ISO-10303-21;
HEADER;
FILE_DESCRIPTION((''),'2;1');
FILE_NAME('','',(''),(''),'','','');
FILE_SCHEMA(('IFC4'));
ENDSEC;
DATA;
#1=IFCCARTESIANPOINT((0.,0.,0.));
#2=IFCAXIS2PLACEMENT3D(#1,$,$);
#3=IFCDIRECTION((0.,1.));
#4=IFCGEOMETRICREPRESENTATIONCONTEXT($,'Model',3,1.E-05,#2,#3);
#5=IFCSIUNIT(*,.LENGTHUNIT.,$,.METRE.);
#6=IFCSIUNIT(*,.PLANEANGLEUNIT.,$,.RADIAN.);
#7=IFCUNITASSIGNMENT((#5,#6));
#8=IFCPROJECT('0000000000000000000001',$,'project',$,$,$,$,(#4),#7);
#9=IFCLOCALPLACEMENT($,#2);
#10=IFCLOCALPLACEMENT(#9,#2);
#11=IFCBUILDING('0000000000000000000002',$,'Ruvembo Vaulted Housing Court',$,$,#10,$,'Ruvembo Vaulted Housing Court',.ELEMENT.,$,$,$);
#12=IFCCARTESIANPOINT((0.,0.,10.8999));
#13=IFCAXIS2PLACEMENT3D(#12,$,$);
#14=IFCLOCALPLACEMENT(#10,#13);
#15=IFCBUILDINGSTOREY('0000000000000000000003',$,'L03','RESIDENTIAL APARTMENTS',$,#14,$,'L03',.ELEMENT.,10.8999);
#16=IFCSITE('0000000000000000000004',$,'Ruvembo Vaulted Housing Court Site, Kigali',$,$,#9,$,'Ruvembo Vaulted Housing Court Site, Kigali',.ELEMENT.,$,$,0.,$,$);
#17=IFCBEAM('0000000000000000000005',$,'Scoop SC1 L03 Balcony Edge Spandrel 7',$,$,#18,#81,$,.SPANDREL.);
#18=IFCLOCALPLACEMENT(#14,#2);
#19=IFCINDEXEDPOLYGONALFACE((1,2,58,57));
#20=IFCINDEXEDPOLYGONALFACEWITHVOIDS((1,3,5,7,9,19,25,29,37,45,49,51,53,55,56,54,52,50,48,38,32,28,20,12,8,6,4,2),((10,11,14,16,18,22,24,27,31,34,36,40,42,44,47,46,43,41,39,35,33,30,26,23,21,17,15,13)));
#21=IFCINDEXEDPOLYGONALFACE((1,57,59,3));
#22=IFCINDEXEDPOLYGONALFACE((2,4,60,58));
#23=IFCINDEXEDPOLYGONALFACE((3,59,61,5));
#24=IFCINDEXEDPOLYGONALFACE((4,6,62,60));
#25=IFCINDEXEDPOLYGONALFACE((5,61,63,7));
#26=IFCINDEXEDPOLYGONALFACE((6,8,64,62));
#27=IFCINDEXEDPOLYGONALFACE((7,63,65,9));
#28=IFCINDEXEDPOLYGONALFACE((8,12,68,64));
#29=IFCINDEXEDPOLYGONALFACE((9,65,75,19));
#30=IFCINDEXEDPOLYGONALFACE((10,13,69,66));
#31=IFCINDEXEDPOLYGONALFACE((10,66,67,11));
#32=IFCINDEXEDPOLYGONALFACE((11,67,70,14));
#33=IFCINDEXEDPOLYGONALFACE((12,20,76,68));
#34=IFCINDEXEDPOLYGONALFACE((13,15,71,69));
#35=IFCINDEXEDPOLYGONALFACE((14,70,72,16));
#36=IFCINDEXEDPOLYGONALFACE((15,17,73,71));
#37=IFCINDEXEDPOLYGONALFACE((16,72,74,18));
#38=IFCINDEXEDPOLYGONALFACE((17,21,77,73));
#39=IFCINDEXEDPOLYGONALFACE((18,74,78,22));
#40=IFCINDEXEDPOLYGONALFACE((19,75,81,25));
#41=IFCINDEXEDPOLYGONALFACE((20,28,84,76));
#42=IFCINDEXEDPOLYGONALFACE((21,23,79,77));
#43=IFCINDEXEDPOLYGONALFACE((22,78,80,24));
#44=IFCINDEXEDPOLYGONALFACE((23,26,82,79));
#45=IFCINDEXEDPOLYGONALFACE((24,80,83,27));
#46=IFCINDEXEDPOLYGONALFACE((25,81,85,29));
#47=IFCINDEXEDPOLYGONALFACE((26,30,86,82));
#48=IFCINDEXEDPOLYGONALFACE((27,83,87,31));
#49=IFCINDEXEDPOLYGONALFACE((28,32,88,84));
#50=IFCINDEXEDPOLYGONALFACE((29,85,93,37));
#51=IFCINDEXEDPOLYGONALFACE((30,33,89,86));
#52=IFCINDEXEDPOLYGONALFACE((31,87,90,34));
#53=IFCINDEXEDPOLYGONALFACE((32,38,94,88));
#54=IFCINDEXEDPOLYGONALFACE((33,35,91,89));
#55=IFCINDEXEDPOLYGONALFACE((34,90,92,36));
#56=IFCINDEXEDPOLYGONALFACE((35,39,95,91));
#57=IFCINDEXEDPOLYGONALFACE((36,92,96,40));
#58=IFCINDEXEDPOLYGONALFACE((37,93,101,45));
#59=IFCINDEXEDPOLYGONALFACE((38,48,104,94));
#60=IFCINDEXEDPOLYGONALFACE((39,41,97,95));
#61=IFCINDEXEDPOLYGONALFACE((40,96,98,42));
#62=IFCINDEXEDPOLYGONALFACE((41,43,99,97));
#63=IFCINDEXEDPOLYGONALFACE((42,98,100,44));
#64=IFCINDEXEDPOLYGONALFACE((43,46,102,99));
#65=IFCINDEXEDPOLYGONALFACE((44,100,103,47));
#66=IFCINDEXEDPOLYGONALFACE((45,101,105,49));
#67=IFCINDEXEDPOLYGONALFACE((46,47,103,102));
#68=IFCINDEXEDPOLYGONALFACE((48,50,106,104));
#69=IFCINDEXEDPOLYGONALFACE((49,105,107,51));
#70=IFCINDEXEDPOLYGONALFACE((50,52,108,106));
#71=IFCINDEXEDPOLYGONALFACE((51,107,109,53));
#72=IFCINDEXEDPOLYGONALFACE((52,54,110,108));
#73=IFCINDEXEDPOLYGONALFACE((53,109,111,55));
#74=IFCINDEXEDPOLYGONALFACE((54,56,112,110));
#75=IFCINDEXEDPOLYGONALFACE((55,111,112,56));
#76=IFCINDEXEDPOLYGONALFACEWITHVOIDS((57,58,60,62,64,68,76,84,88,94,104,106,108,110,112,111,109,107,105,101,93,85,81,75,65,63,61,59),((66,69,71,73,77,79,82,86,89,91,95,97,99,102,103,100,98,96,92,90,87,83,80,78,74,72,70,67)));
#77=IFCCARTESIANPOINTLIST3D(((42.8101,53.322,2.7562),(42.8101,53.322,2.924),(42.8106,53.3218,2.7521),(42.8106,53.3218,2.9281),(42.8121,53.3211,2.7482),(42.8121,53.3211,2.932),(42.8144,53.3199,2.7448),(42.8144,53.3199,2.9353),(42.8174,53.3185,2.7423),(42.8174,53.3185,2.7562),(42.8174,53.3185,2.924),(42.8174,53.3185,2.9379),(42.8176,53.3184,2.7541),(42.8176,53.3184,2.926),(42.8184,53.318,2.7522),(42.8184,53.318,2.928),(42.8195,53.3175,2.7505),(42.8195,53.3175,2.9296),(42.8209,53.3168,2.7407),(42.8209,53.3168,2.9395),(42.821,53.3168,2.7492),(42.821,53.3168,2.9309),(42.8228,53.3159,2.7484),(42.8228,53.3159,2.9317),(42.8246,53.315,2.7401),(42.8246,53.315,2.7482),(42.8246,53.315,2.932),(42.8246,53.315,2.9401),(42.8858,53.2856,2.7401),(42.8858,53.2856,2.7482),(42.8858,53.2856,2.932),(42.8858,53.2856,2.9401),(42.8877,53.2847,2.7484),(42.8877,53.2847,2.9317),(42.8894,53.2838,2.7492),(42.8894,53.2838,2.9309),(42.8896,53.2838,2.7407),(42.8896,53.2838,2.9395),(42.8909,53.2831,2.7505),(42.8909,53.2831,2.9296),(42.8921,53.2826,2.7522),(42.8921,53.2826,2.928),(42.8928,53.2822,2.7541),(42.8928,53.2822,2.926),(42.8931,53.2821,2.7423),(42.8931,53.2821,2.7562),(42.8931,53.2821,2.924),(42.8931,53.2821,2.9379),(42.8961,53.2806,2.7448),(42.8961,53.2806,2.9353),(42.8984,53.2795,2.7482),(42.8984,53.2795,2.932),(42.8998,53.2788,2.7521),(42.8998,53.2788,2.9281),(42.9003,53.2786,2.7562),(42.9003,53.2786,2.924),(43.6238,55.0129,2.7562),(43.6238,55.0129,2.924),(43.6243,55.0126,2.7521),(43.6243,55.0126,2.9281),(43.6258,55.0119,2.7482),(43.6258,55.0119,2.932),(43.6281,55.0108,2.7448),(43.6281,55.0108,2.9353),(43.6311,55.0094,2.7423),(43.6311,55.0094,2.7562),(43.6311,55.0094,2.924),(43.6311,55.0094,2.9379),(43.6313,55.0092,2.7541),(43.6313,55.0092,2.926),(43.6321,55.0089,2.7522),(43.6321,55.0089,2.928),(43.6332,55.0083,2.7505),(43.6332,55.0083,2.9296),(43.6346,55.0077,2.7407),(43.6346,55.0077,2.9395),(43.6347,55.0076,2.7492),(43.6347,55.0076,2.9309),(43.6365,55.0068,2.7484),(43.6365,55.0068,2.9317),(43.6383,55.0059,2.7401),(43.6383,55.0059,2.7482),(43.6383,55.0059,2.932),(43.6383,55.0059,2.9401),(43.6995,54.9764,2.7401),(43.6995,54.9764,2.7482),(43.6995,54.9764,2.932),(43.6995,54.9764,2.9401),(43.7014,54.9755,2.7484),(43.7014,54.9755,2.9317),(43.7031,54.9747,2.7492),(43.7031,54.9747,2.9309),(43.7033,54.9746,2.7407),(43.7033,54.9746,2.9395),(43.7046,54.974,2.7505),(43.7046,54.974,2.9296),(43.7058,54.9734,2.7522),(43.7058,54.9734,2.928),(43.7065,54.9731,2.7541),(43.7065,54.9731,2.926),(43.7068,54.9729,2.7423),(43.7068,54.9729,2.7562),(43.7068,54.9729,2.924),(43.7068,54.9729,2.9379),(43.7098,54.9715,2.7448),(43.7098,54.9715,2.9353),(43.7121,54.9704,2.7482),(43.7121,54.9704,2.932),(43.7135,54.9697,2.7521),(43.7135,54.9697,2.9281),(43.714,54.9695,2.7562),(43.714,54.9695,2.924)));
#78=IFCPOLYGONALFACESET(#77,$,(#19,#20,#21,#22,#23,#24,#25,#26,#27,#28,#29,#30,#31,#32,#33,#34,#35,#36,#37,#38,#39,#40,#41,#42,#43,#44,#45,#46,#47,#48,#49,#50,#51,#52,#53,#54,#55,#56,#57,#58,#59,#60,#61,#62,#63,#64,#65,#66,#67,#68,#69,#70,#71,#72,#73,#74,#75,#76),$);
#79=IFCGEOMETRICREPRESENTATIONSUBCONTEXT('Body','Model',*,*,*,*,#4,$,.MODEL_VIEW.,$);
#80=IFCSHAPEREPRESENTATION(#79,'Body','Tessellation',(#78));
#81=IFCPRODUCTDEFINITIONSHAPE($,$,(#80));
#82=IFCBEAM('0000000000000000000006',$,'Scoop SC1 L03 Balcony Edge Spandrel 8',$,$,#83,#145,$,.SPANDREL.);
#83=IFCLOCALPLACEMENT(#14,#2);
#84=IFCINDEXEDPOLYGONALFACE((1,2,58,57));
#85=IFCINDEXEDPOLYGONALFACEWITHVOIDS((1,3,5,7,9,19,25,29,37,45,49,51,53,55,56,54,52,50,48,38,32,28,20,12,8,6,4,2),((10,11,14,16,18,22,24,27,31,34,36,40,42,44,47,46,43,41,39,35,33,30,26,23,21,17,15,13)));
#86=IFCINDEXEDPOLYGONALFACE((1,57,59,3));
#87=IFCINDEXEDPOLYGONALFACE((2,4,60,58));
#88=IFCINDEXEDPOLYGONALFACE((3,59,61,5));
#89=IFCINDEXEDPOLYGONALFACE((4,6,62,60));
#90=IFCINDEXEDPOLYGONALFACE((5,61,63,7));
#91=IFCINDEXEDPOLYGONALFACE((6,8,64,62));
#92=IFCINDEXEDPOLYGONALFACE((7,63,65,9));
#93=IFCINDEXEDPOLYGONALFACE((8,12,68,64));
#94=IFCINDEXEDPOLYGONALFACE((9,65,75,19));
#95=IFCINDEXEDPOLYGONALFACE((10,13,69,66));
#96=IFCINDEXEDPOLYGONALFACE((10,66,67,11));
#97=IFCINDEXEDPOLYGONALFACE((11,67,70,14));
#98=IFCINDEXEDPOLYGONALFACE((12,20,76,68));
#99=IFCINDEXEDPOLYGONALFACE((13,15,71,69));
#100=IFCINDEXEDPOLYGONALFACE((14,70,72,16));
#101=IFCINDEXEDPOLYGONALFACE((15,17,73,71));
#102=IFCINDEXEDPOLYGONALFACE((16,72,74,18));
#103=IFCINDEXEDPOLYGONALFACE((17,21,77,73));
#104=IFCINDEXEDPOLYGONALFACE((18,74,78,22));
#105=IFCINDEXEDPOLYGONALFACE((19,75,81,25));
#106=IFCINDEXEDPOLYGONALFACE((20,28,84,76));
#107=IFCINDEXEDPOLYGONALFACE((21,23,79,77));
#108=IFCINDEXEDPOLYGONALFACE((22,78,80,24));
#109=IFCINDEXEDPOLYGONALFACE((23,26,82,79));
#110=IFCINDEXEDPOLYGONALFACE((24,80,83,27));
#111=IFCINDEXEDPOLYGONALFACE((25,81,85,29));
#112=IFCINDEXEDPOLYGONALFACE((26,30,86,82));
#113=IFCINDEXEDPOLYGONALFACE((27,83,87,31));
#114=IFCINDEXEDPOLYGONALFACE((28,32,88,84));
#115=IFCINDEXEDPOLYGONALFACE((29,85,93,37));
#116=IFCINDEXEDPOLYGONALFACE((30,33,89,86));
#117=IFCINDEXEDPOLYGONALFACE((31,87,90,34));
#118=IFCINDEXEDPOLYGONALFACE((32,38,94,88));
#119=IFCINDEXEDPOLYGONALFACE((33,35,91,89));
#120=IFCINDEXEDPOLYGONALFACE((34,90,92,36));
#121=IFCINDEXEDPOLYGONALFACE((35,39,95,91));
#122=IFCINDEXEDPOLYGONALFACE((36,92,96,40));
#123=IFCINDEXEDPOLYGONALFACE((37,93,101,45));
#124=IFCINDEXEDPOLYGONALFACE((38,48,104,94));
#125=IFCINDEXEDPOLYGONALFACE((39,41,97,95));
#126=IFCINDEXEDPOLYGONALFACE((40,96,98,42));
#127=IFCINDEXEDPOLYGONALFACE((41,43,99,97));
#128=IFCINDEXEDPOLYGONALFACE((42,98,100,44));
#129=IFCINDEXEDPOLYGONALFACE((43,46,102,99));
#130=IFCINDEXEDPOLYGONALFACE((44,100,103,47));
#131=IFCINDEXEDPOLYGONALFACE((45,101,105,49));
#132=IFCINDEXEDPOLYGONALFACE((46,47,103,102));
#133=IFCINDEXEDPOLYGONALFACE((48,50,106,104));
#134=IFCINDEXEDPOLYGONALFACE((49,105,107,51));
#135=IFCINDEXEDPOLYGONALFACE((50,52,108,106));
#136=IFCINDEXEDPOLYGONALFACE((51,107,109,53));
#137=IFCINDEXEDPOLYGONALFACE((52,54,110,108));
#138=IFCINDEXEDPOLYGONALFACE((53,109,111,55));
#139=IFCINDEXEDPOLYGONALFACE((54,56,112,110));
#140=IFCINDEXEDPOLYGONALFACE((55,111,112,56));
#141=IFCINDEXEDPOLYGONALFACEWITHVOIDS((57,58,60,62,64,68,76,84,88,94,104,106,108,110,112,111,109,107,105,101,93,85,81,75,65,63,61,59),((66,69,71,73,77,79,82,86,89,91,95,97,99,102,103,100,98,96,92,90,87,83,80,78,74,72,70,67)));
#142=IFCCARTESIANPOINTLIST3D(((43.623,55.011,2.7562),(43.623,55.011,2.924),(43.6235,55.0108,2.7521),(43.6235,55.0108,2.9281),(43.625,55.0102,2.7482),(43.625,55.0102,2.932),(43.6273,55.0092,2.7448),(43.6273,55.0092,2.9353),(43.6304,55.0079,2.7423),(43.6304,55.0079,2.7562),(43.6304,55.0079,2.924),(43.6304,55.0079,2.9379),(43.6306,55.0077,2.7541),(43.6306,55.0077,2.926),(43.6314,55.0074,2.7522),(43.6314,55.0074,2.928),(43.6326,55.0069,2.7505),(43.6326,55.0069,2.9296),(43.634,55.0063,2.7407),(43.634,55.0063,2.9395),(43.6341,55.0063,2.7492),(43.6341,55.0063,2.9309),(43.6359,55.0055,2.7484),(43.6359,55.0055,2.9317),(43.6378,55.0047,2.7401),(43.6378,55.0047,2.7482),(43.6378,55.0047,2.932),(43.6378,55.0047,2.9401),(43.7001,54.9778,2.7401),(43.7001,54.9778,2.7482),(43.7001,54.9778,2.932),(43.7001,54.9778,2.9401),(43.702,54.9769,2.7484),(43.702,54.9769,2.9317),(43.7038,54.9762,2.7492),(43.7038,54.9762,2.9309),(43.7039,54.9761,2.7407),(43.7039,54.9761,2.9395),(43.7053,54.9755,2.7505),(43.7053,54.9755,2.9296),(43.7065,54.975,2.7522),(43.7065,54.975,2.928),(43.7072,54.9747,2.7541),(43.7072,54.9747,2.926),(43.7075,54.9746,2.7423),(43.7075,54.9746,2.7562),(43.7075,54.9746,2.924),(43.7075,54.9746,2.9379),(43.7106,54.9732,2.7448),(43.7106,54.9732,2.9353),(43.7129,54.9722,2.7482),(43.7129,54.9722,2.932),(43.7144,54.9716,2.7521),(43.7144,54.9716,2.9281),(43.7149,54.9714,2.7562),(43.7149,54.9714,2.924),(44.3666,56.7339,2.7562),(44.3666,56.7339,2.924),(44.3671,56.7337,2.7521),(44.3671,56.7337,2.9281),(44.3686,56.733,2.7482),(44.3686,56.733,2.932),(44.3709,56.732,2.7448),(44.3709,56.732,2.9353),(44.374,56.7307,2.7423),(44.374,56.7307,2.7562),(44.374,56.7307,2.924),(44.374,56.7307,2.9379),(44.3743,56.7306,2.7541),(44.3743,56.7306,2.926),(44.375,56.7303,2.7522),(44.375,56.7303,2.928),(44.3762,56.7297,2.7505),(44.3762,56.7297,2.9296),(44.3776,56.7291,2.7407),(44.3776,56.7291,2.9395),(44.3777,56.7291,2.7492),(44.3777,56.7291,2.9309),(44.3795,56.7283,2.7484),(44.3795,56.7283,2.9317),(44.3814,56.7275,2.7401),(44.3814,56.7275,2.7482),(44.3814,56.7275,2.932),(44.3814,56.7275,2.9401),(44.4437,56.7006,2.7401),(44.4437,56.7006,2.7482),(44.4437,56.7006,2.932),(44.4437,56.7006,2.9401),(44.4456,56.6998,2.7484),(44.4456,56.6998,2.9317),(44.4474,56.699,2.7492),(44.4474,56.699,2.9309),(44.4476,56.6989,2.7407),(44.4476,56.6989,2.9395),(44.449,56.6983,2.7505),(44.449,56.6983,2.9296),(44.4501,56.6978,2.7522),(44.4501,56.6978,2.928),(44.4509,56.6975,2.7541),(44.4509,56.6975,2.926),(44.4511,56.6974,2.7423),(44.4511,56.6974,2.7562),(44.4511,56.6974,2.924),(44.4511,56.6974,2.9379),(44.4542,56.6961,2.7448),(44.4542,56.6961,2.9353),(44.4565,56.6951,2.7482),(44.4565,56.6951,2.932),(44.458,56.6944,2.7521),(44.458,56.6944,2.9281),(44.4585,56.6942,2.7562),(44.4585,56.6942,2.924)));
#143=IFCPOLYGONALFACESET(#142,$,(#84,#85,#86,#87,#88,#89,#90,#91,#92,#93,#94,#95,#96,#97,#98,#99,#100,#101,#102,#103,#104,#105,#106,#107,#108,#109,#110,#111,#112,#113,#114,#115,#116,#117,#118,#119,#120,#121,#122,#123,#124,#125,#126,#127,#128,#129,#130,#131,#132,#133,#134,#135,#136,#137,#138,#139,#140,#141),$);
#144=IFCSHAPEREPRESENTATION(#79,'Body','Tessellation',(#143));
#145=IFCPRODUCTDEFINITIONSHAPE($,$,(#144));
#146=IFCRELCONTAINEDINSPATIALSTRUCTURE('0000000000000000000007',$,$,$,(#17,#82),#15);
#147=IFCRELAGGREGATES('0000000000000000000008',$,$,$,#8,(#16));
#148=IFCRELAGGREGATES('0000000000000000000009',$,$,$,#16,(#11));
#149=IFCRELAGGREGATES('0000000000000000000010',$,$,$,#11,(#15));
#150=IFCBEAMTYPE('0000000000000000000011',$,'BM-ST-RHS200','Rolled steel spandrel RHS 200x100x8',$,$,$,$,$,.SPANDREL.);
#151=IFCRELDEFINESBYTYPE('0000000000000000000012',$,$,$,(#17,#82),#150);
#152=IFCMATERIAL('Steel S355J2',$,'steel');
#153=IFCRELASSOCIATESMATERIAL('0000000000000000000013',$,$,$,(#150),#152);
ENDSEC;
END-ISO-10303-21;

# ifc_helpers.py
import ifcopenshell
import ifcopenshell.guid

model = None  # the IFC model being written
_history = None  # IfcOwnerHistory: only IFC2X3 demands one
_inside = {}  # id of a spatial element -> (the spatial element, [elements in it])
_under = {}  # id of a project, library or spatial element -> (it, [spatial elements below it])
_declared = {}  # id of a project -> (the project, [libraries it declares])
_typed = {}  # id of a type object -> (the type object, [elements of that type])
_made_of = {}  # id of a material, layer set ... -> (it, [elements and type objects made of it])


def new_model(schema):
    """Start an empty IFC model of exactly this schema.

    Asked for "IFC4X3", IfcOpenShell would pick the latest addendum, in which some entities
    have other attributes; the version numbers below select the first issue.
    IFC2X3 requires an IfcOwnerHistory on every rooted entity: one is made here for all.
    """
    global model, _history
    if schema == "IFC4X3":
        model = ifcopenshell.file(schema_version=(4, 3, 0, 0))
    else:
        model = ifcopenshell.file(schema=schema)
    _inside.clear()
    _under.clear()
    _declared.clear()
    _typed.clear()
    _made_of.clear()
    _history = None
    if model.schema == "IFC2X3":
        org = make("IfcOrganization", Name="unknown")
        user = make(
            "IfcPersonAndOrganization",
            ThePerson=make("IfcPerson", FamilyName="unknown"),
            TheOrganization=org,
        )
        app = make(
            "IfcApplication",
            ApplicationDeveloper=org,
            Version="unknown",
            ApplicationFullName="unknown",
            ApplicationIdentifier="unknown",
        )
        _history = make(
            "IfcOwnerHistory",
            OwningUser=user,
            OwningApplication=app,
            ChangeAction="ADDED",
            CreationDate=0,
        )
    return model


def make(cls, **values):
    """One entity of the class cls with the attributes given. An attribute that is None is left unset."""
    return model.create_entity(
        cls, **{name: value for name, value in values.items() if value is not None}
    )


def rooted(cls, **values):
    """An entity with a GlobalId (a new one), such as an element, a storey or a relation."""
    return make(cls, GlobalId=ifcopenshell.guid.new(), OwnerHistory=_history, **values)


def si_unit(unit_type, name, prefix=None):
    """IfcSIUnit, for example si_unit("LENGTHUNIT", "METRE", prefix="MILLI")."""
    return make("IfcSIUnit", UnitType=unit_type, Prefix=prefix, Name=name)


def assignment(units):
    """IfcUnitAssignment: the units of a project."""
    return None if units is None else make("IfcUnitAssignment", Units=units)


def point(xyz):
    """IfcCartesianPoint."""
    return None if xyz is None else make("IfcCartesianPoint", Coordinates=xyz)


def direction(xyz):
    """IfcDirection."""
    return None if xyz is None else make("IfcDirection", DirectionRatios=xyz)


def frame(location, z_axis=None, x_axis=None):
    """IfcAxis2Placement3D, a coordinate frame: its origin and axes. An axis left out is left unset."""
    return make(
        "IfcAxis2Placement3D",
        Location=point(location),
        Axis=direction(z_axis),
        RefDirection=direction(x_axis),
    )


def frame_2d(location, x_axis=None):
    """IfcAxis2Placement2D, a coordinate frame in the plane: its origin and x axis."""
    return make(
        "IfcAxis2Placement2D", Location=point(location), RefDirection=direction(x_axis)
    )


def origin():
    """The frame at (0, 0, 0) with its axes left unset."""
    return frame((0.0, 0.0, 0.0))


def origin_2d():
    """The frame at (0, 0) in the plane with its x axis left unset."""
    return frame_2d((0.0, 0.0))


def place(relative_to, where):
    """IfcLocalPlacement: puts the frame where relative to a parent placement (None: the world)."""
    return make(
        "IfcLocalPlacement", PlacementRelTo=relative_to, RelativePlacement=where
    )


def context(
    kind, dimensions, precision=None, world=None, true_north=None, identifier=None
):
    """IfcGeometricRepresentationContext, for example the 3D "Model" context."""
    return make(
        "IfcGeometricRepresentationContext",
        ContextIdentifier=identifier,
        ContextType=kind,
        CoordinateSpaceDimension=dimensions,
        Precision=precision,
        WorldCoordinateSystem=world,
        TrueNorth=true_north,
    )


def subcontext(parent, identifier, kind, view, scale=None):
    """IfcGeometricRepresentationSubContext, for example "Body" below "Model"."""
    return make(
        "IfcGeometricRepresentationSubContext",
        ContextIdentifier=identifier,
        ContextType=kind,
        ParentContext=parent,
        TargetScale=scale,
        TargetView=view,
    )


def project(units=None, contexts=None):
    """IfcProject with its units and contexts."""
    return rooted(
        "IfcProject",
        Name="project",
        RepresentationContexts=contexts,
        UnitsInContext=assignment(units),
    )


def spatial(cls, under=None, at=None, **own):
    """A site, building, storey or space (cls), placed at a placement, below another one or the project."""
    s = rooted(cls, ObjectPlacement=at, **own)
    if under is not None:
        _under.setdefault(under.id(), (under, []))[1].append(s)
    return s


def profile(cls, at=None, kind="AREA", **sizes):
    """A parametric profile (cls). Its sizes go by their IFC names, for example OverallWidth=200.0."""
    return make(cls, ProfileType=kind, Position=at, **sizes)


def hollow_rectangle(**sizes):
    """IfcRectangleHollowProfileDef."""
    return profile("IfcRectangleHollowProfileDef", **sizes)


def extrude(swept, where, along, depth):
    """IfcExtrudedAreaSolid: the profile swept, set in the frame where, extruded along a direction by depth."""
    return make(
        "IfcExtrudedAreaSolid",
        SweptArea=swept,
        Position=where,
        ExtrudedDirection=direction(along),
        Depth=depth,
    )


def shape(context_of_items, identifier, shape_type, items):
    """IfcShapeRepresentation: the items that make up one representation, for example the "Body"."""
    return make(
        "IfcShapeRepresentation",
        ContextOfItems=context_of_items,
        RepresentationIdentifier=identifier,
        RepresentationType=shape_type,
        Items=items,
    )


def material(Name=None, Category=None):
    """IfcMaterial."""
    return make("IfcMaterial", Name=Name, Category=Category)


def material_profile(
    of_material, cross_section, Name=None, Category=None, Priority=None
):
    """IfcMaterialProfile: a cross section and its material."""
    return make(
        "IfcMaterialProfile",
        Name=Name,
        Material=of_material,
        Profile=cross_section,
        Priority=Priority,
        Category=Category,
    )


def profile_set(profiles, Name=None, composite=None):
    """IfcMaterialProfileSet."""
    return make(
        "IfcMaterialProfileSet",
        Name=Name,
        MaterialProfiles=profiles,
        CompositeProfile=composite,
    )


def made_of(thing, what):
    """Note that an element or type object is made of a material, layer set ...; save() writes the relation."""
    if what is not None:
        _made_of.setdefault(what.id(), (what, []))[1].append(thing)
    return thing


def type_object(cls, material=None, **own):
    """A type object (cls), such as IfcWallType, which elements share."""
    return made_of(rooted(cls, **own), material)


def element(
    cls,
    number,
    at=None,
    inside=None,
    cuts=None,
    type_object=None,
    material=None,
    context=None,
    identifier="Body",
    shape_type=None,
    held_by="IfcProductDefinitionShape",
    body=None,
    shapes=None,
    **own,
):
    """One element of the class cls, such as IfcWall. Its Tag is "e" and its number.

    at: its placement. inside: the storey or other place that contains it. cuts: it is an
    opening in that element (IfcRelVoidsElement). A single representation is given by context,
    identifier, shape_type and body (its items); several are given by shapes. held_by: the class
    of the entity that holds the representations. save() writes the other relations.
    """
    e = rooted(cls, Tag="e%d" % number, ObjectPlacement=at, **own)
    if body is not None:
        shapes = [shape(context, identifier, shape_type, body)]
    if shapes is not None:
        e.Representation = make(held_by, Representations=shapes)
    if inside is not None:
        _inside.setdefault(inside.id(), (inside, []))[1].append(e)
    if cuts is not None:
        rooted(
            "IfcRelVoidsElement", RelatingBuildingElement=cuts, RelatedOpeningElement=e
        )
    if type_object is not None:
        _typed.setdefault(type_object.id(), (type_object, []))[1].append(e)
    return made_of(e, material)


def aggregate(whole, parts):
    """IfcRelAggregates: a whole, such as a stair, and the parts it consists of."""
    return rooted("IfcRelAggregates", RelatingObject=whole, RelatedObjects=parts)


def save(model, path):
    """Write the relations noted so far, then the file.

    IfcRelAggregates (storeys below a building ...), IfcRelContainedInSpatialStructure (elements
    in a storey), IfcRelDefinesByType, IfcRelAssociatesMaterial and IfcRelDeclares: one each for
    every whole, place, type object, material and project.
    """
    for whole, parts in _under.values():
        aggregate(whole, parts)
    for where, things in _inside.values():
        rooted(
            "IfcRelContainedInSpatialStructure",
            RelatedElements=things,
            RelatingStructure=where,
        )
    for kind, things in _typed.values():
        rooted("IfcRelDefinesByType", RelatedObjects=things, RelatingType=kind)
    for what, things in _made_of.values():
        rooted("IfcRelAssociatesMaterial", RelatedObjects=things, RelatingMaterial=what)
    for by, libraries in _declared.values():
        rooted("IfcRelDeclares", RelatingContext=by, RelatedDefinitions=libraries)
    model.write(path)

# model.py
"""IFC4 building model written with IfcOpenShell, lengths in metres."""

from ifc_helpers import new_model, si_unit, direction, frame, origin, origin_2d, place, context, subcontext, project, spatial, hollow_rectangle, extrude, material, material_profile, profile_set, type_object, element, save


model = new_model("IFC4")

# Units and contexts
model_context = context("Model", 3, precision=1e-05, world=origin(), true_north=direction((0.0, 1.0)))
body_context = subcontext(model_context, "Body", "Model", "MODEL_VIEW")
ifc_project = project(units=[si_unit("LENGTHUNIT", "METRE"), si_unit("PLANEANGLEUNIT", "RADIAN")], contexts=[model_context])

# Site, building, storey
site_placement = place(None, origin())
site = spatial("IfcSite", under=ifc_project, at=site_placement, Name="Ruvembo Vaulted Housing Court Site, Kigali", LongName="Ruvembo Vaulted Housing Court Site, Kigali", CompositionType="ELEMENT", RefElevation=0.0)
building_placement = place(site_placement, origin())
building = spatial("IfcBuilding", under=site, at=building_placement, Name="Ruvembo Vaulted Housing Court", LongName="Ruvembo Vaulted Housing Court", CompositionType="ELEMENT")
storey_placement = place(building_placement, frame((0.0, 0.0, 10.8999)))
storey = spatial("IfcBuildingStorey", under=building, at=storey_placement, Name="L03", Description="RESIDENTIAL APARTMENTS", LongName="L03", CompositionType="ELEMENT", Elevation=10.8999)

# Beams
ifc_material_1 = material(Name="Steel S355J2", Category="steel")
ifc_material_profile_1 = material_profile(ifc_material_1, hollow_rectangle(XDim=0.1001, YDim=0.2, WallThickness=0.0081, InnerFilletRadius=0.0081, OuterFilletRadius=0.0161, at=origin_2d()), Name="RHS 200x100x8")
ifc_profile_set_1 = profile_set([ifc_material_profile_1], Name="Steel S355J2")
beam_type = type_object("IfcBeamType", Name="BM-ST-RHS200", Description="Rolled steel spandrel RHS 200x100x8", PredefinedType="SPANDREL", material=ifc_profile_set_1)
for number, where, z_axis, x_axis, name in (
    (1, (42.8552, 53.3003, 2.8401), (0.433632, 0.90109, 0.0), (-0.90109, 0.433632, 0.0), "Scoop SC1 L03 Balcony Edge Spandrel 7"),
    (2, (43.6689, 54.9912, 2.8401), (0.396289, 0.918126, 0.0), (-0.918126, 0.396289, 0.0), "Scoop SC1 L03 Balcony Edge Spandrel 8"),
):
    element("IfcBeam", number, at=place(storey_placement, frame(where, z_axis=z_axis, x_axis=x_axis)), inside=storey, type_object=beam_type, Name=name, PredefinedType="SPANDREL", context=body_context, shape_type="SweptSolid", body=[
        extrude(hollow_rectangle(XDim=0.1001, YDim=0.2, WallThickness=0.0081, InnerFilletRadius=0.0081, OuterFilletRadius=0.0161, at=origin_2d()), origin(), (0.0, 0.0, 1.0), 1.8765),
    ])

save(model, "model.ifc")
